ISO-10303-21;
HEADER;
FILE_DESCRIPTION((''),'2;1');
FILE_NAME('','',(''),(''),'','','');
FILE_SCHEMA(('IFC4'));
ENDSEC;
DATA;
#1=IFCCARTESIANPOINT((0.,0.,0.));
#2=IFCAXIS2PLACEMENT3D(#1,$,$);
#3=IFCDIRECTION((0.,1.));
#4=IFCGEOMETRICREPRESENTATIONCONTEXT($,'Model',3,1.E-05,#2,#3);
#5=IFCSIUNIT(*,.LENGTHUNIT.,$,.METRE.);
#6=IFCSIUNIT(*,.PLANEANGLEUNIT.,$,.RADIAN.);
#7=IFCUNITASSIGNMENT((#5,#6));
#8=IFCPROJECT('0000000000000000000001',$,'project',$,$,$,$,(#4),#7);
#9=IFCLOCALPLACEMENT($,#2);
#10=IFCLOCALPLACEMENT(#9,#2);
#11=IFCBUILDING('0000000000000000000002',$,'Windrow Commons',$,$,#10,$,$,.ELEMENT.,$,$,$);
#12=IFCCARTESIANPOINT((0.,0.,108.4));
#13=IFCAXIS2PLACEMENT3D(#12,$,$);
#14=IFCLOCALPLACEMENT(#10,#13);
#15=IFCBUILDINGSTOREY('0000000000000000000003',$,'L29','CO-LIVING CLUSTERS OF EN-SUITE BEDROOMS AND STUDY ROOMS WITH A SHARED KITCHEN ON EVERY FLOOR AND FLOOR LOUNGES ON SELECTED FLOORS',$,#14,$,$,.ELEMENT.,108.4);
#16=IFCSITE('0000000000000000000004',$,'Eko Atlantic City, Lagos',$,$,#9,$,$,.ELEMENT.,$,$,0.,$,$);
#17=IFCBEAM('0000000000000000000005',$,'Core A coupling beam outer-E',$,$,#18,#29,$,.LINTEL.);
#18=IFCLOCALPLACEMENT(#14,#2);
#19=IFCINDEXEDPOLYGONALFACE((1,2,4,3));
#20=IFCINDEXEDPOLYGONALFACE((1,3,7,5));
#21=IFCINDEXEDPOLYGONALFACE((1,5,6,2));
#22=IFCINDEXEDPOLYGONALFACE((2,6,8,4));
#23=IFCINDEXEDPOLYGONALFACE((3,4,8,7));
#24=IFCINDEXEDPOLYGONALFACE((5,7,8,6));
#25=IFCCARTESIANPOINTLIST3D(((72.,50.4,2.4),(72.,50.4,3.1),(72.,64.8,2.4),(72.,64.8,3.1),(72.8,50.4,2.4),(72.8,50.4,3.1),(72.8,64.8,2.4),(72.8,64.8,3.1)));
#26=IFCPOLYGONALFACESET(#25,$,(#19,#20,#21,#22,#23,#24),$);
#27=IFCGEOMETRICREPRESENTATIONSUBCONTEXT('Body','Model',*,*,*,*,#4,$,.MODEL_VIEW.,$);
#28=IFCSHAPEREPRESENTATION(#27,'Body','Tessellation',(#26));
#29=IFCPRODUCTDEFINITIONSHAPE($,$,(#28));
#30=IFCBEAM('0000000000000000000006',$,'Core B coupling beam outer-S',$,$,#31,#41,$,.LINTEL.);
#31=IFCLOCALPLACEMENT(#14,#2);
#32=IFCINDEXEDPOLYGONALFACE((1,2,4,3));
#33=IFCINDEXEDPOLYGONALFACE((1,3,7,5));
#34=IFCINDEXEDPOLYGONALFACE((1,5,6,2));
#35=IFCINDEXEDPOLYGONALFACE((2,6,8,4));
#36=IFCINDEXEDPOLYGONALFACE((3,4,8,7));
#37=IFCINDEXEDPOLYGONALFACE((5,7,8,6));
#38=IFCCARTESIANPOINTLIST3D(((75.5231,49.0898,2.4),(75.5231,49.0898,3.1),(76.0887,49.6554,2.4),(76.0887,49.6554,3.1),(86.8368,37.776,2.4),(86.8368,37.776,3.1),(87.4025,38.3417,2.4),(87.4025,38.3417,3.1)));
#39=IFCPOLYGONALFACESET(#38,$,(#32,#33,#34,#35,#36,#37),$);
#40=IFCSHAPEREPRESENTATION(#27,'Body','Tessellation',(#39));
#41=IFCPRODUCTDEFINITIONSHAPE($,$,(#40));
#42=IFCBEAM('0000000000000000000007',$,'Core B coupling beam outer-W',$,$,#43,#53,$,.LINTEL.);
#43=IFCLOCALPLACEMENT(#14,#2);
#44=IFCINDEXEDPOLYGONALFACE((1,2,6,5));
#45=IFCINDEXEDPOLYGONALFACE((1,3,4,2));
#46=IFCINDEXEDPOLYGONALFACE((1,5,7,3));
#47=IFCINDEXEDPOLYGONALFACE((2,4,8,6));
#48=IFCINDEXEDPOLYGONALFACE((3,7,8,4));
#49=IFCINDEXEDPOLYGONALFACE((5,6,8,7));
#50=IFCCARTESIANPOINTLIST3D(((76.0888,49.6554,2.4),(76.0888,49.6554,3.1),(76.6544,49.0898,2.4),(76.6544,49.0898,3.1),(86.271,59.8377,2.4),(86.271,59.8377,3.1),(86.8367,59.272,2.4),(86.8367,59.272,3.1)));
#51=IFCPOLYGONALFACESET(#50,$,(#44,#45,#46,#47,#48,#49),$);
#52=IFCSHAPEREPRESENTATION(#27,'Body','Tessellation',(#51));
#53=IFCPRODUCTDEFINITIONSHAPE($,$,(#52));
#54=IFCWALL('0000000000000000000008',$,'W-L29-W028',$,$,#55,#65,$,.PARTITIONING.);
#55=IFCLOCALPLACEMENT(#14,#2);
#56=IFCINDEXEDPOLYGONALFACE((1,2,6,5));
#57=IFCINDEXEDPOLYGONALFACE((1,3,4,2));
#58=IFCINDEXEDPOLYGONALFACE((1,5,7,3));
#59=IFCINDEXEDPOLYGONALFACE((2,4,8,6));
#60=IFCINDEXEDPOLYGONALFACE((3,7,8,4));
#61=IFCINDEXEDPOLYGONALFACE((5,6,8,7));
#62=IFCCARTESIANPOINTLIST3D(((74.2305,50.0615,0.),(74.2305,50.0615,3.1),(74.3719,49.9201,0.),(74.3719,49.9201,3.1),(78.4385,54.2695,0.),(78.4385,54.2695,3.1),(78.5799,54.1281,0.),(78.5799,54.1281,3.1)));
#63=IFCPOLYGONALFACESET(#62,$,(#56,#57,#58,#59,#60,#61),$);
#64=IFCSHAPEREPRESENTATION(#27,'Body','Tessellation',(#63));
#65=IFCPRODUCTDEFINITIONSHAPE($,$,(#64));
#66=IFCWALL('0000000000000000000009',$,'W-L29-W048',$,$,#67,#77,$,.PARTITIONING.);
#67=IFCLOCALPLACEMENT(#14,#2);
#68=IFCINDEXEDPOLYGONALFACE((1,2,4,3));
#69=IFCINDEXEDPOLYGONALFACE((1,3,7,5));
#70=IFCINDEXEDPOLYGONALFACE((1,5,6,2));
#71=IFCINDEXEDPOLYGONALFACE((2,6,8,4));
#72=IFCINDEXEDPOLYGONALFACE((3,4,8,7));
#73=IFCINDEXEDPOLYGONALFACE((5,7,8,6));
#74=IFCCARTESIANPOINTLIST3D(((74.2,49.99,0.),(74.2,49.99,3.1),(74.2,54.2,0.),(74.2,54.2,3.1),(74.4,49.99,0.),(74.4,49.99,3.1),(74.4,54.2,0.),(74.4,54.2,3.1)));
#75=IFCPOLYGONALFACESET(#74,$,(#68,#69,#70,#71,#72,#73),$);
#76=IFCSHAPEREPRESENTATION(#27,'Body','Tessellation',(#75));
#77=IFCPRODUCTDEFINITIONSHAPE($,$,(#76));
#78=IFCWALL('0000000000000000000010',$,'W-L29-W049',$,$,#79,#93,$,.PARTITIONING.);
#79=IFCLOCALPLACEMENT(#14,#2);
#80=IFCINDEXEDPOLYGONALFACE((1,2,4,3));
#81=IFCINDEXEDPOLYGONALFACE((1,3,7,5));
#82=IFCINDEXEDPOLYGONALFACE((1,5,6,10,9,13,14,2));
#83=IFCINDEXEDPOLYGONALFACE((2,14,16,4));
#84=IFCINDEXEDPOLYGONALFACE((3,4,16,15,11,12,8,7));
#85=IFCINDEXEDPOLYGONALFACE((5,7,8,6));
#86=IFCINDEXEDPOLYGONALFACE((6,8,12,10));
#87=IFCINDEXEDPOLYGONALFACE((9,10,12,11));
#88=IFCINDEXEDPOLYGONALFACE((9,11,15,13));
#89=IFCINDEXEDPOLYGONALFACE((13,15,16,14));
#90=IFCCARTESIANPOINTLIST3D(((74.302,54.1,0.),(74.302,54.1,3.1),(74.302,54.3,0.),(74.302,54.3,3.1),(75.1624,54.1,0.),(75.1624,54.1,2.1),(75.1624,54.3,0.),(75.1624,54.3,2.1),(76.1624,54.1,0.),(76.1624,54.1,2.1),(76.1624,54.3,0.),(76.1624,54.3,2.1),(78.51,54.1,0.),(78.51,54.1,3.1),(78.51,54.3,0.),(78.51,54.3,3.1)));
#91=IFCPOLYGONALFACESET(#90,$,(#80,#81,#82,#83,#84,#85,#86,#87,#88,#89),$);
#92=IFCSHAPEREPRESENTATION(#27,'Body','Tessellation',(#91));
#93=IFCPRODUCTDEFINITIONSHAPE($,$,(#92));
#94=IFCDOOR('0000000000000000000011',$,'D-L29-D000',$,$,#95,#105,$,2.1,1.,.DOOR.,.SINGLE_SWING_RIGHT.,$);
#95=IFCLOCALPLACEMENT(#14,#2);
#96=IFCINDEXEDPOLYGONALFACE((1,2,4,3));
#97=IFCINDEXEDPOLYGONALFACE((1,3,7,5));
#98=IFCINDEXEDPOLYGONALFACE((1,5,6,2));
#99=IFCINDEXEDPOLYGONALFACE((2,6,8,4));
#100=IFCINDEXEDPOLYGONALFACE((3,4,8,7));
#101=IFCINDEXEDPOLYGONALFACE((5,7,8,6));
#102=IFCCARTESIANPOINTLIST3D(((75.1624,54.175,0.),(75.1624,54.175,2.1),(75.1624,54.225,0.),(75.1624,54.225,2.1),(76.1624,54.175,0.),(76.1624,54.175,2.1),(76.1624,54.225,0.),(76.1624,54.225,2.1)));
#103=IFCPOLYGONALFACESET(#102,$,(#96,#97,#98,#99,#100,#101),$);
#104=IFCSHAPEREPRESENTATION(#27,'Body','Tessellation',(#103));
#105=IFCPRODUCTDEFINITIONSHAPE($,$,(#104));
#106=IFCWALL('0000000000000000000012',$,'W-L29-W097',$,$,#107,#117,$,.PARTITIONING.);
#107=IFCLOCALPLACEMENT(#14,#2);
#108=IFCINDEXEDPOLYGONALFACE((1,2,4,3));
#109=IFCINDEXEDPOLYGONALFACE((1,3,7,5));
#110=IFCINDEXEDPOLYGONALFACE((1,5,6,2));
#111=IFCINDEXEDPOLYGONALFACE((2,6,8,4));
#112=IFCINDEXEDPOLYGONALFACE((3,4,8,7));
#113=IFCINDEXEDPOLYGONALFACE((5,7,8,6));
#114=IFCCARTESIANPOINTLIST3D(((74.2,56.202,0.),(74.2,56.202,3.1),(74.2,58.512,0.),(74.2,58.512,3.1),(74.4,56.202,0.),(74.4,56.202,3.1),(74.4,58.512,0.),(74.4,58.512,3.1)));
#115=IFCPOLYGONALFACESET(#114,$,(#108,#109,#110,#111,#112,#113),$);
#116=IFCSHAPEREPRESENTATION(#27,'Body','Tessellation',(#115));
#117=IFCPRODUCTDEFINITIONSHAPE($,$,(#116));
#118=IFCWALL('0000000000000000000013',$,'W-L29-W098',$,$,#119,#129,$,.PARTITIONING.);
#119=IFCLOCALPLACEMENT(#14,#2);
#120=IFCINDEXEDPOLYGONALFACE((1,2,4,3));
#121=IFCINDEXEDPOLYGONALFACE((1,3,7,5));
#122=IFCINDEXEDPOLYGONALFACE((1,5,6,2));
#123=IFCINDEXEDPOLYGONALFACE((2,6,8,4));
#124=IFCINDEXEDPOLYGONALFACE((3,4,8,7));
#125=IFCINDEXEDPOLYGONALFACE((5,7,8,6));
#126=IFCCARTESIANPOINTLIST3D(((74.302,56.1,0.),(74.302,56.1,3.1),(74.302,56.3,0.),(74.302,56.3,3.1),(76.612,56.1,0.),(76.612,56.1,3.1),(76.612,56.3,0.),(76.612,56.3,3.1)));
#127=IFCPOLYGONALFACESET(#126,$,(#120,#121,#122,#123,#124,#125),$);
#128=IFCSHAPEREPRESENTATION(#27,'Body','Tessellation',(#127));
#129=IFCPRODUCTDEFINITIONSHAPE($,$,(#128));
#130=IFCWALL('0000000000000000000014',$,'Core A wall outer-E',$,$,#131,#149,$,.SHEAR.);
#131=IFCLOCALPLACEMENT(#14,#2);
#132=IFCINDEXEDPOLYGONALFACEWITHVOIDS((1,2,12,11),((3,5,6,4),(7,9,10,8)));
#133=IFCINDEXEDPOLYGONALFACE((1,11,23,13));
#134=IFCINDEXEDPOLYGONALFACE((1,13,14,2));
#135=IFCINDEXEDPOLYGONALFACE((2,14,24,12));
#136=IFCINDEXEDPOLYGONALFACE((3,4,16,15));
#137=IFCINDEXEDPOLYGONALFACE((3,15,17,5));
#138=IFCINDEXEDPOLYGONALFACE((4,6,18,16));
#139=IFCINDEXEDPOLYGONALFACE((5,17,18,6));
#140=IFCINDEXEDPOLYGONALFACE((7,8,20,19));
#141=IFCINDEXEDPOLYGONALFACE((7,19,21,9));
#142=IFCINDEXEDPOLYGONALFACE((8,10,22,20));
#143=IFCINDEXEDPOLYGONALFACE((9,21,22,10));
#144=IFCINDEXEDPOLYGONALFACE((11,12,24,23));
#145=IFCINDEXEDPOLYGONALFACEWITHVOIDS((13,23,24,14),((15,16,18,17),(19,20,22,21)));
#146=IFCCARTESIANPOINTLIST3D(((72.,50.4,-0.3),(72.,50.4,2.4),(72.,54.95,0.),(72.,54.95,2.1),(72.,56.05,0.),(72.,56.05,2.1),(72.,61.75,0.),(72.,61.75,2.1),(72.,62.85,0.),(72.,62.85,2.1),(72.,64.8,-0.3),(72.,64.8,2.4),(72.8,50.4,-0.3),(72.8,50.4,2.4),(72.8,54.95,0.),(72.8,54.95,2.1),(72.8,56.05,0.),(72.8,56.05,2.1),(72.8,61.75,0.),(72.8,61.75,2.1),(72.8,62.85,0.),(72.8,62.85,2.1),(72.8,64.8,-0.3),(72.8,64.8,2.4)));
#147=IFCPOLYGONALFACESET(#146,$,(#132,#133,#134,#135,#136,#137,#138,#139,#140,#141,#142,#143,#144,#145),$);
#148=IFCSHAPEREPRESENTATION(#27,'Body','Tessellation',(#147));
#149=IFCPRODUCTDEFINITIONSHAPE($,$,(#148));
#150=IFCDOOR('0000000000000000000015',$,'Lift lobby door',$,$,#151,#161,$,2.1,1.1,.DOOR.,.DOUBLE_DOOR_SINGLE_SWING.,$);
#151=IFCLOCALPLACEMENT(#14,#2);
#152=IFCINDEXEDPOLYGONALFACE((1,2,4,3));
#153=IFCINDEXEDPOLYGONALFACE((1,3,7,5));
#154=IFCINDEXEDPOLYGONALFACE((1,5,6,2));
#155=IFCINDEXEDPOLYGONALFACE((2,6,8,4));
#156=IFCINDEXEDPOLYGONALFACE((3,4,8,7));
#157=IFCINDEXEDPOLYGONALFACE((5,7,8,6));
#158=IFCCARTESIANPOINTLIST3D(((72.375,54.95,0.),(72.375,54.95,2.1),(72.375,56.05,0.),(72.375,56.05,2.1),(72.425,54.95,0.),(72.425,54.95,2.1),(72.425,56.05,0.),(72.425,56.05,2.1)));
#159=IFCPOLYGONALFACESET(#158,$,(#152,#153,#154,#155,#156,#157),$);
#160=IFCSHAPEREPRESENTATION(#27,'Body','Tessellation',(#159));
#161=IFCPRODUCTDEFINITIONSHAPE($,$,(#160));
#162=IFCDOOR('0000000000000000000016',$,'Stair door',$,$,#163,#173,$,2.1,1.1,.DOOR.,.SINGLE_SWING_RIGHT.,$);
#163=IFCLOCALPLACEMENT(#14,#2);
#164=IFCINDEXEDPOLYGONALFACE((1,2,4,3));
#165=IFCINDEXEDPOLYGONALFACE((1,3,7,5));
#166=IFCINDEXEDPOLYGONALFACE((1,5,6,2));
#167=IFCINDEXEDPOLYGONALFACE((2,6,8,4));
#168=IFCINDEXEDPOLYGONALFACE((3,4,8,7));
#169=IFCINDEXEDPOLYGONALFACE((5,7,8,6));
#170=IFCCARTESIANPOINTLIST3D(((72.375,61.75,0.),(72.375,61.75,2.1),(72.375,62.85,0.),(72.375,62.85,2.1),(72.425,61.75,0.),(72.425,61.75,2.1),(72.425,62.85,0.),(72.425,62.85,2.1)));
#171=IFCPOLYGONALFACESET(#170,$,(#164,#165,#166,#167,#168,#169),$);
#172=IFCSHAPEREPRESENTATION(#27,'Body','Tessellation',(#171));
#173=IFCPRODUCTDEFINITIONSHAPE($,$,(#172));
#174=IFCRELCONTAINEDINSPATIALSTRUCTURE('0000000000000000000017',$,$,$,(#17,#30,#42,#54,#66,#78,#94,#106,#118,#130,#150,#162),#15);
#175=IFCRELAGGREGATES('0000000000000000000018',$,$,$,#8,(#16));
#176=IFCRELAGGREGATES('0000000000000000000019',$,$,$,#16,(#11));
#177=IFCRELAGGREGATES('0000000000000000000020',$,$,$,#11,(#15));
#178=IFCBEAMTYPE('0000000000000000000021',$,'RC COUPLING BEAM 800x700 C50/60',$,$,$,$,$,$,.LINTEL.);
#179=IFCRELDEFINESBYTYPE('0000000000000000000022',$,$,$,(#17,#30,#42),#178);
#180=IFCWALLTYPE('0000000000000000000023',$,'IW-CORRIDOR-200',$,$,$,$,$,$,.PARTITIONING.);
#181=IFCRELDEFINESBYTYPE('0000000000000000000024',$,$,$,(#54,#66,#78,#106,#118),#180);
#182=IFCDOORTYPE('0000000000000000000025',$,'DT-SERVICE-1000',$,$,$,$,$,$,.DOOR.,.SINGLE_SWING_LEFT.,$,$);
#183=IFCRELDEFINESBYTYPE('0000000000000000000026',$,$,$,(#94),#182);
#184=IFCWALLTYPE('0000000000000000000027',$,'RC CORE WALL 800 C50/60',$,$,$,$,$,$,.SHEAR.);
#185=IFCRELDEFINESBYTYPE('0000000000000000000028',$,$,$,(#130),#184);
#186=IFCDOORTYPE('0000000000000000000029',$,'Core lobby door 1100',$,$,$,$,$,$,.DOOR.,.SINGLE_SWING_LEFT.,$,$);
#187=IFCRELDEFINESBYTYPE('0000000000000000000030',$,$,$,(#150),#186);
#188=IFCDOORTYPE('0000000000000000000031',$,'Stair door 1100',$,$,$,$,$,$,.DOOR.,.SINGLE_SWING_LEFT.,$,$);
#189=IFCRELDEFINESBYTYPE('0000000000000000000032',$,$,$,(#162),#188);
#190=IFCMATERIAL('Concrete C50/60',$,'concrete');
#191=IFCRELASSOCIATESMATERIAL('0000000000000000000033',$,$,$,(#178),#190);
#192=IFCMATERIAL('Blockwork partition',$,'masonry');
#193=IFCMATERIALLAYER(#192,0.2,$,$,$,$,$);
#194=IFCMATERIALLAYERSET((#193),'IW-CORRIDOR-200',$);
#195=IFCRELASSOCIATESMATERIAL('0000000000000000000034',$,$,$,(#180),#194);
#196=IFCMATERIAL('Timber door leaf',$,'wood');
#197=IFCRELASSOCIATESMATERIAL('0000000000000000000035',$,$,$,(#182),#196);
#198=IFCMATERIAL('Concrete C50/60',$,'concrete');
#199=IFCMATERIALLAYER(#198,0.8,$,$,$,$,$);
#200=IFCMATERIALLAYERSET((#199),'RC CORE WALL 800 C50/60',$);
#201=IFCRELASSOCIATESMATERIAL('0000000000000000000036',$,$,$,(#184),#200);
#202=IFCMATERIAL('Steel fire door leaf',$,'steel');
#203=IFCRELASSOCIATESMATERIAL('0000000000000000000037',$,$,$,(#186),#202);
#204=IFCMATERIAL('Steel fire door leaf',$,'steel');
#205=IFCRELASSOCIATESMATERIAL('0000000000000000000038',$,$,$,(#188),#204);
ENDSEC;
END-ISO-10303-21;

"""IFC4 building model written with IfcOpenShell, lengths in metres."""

from ifc_helpers import new_model, si_unit, direction, frame, frame_2d, origin, origin_2d, place, context, subcontext, project, spatial, rectangle, extrude, material, layer, layer_set, material_profile, profile_set, type_object, element, fill, save


model = new_model("IFC4")

# Units and contexts
model_context = context("Model", 3, precision=1e-05, world=origin(), true_north=direction((0.0, 1.0)))
body_context = subcontext(model_context, "Body", "Model", "MODEL_VIEW")
ifc_project = project(units=[si_unit("LENGTHUNIT", "METRE"), si_unit("PLANEANGLEUNIT", "RADIAN")], contexts=[model_context])

# Site, building, storey
site_placement = place(None, origin())
site = spatial("IfcSite", under=ifc_project, at=site_placement, Name="Eko Atlantic City, Lagos", CompositionType="ELEMENT", RefElevation=0.0)
building_placement = place(site_placement, origin())
building = spatial("IfcBuilding", under=site, at=building_placement, Name="Windrow Commons", CompositionType="ELEMENT")
storey_placement = place(building_placement, frame((0.0, 0.0, 108.4)))
storey = spatial("IfcBuildingStorey", under=building, at=storey_placement, Name="L29", Description="CO-LIVING CLUSTERS OF EN-SUITE BEDROOMS AND STUDY ROOMS WITH A SHARED KITCHEN ON EVERY FLOOR AND FLOOR LOUNGES ON SELECTED FLOORS", CompositionType="ELEMENT", Elevation=108.4)

# Beams
ifc_material_1 = material(Name="Concrete C50/60", Category="concrete")
ifc_material_profile = material_profile(ifc_material_1, rectangle(XDim=0.8, YDim=0.7, at=origin_2d()))
ifc_profile_set = profile_set([ifc_material_profile], Name="Concrete C50/60")
beam_type = type_object("IfcBeamType", Name="RC COUPLING BEAM 800x700 C50/60", PredefinedType="LINTEL", material=ifc_profile_set)
beam_1_placement = place(storey_placement, frame((72.4, 50.4, 2.75), z_axis=(0.0, 1.0, 0.0), x_axis=(-1.0, 0.0, 0.0)))
element("IfcBeam", 1, at=beam_1_placement, inside=storey, type_object=beam_type, Name="Core A coupling beam outer-E", PredefinedType="LINTEL", context=body_context, shape_type="SweptSolid", body=[
    extrude(rectangle(XDim=0.8, YDim=0.7, at=origin_2d()), origin(), (0.0, 0.0, 1.0), 14.4),
])
beam_2_placement = place(storey_placement, frame((75.8059, 49.3726, 2.75), z_axis=(0.707107, -0.707107, 0.0), x_axis=(0.707107, 0.707107, 0.0)))
element("IfcBeam", 2, at=beam_2_placement, inside=storey, type_object=beam_type, Name="Core B coupling beam outer-S", PredefinedType="LINTEL", context=body_context, shape_type="SweptSolid", body=[
    extrude(rectangle(XDim=0.8, YDim=0.7, at=origin_2d()), origin(), (0.0, 0.0, 1.0), 16.0),
])
beam_3_placement = place(storey_placement, frame((76.3716, 49.3726, 2.75), z_axis=(0.707107, 0.707107, 0.0), x_axis=(-0.707107, 0.707107, 0.0)))
element("IfcBeam", 3, at=beam_3_placement, inside=storey, type_object=beam_type, Name="Core B coupling beam outer-W", PredefinedType="LINTEL", context=body_context, shape_type="SweptSolid", body=[
    extrude(rectangle(XDim=0.8, YDim=0.7, at=origin_2d()), origin(), (0.0, 0.0, 1.0), 14.3999),
])

# Walls
ifc_material_2 = material(Name="Blockwork partition", Category="masonry")
ifc_layer_1 = layer(ifc_material_2, 0.2)
ifc_layer_set_1 = layer_set([ifc_layer_1], Name="IW-CORRIDOR-200")
wall_type_1 = type_object("IfcWallType", Name="IW-CORRIDOR-200", PredefinedType="PARTITIONING", material=ifc_layer_set_1)
wall_1_placement = place(storey_placement, frame((74.3012, 49.9908, 0.0), z_axis=(0.0, 0.0, 1.0), x_axis=(0.707107, 0.707107, 0.0)))
element("IfcWall", 4, at=wall_1_placement, inside=storey, type_object=wall_type_1, Name="W-L29-W028", PredefinedType="PARTITIONING", context=body_context, shape_type="SweptSolid", body=[
    extrude(rectangle(XDim=5.951, YDim=0.2, at=frame_2d((2.9755, 0.0))), origin(), (0.0, 0.0, 1.0), 3.1),
])
wall_2_placement = place(storey_placement, frame((74.3, 49.99, 0.0), z_axis=(0.0, 0.0, 1.0), x_axis=(0.0, 1.0, 0.0)))
element("IfcWall", 5, at=wall_2_placement, inside=storey, type_object=wall_type_1, Name="W-L29-W048", PredefinedType="PARTITIONING", context=body_context, shape_type="SweptSolid", body=[
    extrude(rectangle(XDim=4.21, YDim=0.2, at=frame_2d((2.105, 0.0))), origin(), (0.0, 0.0, 1.0), 3.1),
])

# Wall, opening, door
wall_3_placement = place(storey_placement, frame((74.302, 54.2, 0.0), z_axis=(0.0, 0.0, 1.0), x_axis=(1.0, 0.0, 0.0)))
wall_3 = element("IfcWall", 6, at=wall_3_placement, inside=storey, type_object=wall_type_1, Name="W-L29-W049", PredefinedType="PARTITIONING", context=body_context, shape_type="SweptSolid", body=[
    extrude(rectangle(XDim=4.208, YDim=0.2, at=frame_2d((2.104, 0.0))), origin(), (0.0, 0.0, 1.0), 3.1),
])
opening_1_placement = place(wall_3_placement, frame((0.8604, 0.0, 0.0)))
opening_1 = element("IfcOpeningElement", 7, at=opening_1_placement, cuts=wall_3, PredefinedType="OPENING", context=body_context, shape_type="SweptSolid", body=[
    extrude(rectangle(XDim=1.0, YDim=2.1, at=frame_2d((0.5, 1.05))), frame((0.0, 0.11, 0.0), z_axis=(0.0, -1.0, 0.0), x_axis=(1.0, 0.0, 0.0)), (0.0, 0.0, 1.0), 0.22),
])
ifc_material_3 = material(Name="Timber door leaf", Category="wood")
door_type_1 = type_object("IfcDoorType", Name="DT-SERVICE-1000", OperationType="SINGLE_SWING_LEFT", PredefinedType="DOOR", material=ifc_material_3)
door_1_placement = place(opening_1_placement, origin())
door_1 = element("IfcDoor", 8, at=door_1_placement, inside=storey, type_object=door_type_1, Name="D-L29-D000", OperationType="SINGLE_SWING_RIGHT", OverallHeight=2.1, OverallWidth=1.0, PredefinedType="DOOR", context=body_context, shape_type="SweptSolid", body=[
    extrude(rectangle(XDim=1.0, YDim=2.1, at=frame_2d((0.5, 1.05))), frame((0.0, 0.025, 0.0), z_axis=(0.0, -1.0, 0.0), x_axis=(1.0, 0.0, 0.0)), (0.0, 0.0, 1.0), 0.05),
])
fill(opening_1, door_1)

# Walls
for number, where, z_axis, x_axis, name in (
    (9, (74.3, 56.202, 0.0), (0.0, 0.0, 1.0), (0.0, 1.0, 0.0), "W-L29-W097"),
    (10, (74.302, 56.2, 0.0), (0.0, 0.0, 1.0), (1.0, 0.0, 0.0), "W-L29-W098"),
):
    element("IfcWall", number, at=place(storey_placement, frame(where, z_axis=z_axis, x_axis=x_axis)), inside=storey, type_object=wall_type_1, Name=name, PredefinedType="PARTITIONING", context=body_context, shape_type="SweptSolid", body=[
        extrude(rectangle(XDim=2.31, YDim=0.2, at=frame_2d((1.155, 0.0))), origin(), (0.0, 0.0, 1.0), 3.1),
    ])

# Wall, openings, doors
ifc_material_4 = material(Name="Concrete C50/60", Category="concrete")
ifc_layer_2 = layer(ifc_material_4, 0.8)
ifc_layer_set_2 = layer_set([ifc_layer_2], Name="RC CORE WALL 800 C50/60")
wall_type_2 = type_object("IfcWallType", Name="RC CORE WALL 800 C50/60", PredefinedType="SHEAR", material=ifc_layer_set_2)
wall_4_placement = place(storey_placement, frame((72.4, 50.4, -0.3), z_axis=(0.0, 0.0, 1.0), x_axis=(0.0, 1.0, 0.0)))
wall_4 = element("IfcWall", 11, at=wall_4_placement, inside=storey, type_object=wall_type_2, Name="Core A wall outer-E", PredefinedType="SHEAR", context=body_context, shape_type="SweptSolid", body=[
    extrude(rectangle(XDim=14.4, YDim=0.8, at=frame_2d((7.2, 0.0))), origin(), (0.0, 0.0, 1.0), 2.7),
])
opening_2_placement = place(wall_4_placement, frame((4.55, 0.0, 0.3)))
opening_2 = element("IfcOpeningElement", 12, at=opening_2_placement, cuts=wall_4, PredefinedType="OPENING", context=body_context, shape_type="SweptSolid", body=[
    extrude(rectangle(XDim=1.1, YDim=2.1, at=frame_2d((0.55, 1.05))), frame((0.0, 0.41, 0.0), z_axis=(0.0, -1.0, 0.0), x_axis=(1.0, 0.0, 0.0)), (0.0, 0.0, 1.0), 0.82),
])
opening_3_placement = place(wall_4_placement, frame((11.35, 0.0, 0.3)))
opening_3 = element("IfcOpeningElement", 13, at=opening_3_placement, cuts=wall_4, PredefinedType="OPENING", context=body_context, shape_type="SweptSolid", body=[
    extrude(rectangle(XDim=1.1, YDim=2.1, at=frame_2d((0.55, 1.05))), frame((0.0, 0.41, 0.0), z_axis=(0.0, -1.0, 0.0), x_axis=(1.0, 0.0, 0.0)), (0.0, 0.0, 1.0), 0.82),
])
ifc_material_5 = material(Name="Steel fire door leaf", Category="steel")
door_type_2 = type_object("IfcDoorType", Name="Core lobby door 1100", OperationType="SINGLE_SWING_LEFT", PredefinedType="DOOR", material=ifc_material_5)
door_2_placement = place(opening_2_placement, origin())
door_2 = element("IfcDoor", 14, at=door_2_placement, inside=storey, type_object=door_type_2, Name="Lift lobby door", OperationType="DOUBLE_DOOR_SINGLE_SWING", OverallHeight=2.1, OverallWidth=1.1, PredefinedType="DOOR", context=body_context, shape_type="SweptSolid", body=[
    extrude(rectangle(XDim=1.1, YDim=2.1, at=frame_2d((0.55, 1.05))), frame((0.0, 0.025, 0.0), z_axis=(0.0, -1.0, 0.0), x_axis=(1.0, 0.0, 0.0)), (0.0, 0.0, 1.0), 0.05),
])
fill(opening_2, door_2)
ifc_material_6 = material(Name="Steel fire door leaf", Category="steel")
door_type_3 = type_object("IfcDoorType", Name="Stair door 1100", OperationType="SINGLE_SWING_LEFT", PredefinedType="DOOR", material=ifc_material_6)
door_3_placement = place(opening_3_placement, origin())
door_3 = element("IfcDoor", 15, at=door_3_placement, inside=storey, type_object=door_type_3, Name="Stair door", OperationType="SINGLE_SWING_RIGHT", OverallHeight=2.1, OverallWidth=1.1, PredefinedType="DOOR", context=body_context, shape_type="SweptSolid", body=[
    extrude(rectangle(XDim=1.1, YDim=2.1, at=frame_2d((0.55, 1.05))), frame((0.0, 0.025, 0.0), z_axis=(0.0, -1.0, 0.0), x_axis=(1.0, 0.0, 0.0)), (0.0, 0.0, 1.0), 0.05),
])
fill(opening_3, door_3)

save(model, "model.ifc")
